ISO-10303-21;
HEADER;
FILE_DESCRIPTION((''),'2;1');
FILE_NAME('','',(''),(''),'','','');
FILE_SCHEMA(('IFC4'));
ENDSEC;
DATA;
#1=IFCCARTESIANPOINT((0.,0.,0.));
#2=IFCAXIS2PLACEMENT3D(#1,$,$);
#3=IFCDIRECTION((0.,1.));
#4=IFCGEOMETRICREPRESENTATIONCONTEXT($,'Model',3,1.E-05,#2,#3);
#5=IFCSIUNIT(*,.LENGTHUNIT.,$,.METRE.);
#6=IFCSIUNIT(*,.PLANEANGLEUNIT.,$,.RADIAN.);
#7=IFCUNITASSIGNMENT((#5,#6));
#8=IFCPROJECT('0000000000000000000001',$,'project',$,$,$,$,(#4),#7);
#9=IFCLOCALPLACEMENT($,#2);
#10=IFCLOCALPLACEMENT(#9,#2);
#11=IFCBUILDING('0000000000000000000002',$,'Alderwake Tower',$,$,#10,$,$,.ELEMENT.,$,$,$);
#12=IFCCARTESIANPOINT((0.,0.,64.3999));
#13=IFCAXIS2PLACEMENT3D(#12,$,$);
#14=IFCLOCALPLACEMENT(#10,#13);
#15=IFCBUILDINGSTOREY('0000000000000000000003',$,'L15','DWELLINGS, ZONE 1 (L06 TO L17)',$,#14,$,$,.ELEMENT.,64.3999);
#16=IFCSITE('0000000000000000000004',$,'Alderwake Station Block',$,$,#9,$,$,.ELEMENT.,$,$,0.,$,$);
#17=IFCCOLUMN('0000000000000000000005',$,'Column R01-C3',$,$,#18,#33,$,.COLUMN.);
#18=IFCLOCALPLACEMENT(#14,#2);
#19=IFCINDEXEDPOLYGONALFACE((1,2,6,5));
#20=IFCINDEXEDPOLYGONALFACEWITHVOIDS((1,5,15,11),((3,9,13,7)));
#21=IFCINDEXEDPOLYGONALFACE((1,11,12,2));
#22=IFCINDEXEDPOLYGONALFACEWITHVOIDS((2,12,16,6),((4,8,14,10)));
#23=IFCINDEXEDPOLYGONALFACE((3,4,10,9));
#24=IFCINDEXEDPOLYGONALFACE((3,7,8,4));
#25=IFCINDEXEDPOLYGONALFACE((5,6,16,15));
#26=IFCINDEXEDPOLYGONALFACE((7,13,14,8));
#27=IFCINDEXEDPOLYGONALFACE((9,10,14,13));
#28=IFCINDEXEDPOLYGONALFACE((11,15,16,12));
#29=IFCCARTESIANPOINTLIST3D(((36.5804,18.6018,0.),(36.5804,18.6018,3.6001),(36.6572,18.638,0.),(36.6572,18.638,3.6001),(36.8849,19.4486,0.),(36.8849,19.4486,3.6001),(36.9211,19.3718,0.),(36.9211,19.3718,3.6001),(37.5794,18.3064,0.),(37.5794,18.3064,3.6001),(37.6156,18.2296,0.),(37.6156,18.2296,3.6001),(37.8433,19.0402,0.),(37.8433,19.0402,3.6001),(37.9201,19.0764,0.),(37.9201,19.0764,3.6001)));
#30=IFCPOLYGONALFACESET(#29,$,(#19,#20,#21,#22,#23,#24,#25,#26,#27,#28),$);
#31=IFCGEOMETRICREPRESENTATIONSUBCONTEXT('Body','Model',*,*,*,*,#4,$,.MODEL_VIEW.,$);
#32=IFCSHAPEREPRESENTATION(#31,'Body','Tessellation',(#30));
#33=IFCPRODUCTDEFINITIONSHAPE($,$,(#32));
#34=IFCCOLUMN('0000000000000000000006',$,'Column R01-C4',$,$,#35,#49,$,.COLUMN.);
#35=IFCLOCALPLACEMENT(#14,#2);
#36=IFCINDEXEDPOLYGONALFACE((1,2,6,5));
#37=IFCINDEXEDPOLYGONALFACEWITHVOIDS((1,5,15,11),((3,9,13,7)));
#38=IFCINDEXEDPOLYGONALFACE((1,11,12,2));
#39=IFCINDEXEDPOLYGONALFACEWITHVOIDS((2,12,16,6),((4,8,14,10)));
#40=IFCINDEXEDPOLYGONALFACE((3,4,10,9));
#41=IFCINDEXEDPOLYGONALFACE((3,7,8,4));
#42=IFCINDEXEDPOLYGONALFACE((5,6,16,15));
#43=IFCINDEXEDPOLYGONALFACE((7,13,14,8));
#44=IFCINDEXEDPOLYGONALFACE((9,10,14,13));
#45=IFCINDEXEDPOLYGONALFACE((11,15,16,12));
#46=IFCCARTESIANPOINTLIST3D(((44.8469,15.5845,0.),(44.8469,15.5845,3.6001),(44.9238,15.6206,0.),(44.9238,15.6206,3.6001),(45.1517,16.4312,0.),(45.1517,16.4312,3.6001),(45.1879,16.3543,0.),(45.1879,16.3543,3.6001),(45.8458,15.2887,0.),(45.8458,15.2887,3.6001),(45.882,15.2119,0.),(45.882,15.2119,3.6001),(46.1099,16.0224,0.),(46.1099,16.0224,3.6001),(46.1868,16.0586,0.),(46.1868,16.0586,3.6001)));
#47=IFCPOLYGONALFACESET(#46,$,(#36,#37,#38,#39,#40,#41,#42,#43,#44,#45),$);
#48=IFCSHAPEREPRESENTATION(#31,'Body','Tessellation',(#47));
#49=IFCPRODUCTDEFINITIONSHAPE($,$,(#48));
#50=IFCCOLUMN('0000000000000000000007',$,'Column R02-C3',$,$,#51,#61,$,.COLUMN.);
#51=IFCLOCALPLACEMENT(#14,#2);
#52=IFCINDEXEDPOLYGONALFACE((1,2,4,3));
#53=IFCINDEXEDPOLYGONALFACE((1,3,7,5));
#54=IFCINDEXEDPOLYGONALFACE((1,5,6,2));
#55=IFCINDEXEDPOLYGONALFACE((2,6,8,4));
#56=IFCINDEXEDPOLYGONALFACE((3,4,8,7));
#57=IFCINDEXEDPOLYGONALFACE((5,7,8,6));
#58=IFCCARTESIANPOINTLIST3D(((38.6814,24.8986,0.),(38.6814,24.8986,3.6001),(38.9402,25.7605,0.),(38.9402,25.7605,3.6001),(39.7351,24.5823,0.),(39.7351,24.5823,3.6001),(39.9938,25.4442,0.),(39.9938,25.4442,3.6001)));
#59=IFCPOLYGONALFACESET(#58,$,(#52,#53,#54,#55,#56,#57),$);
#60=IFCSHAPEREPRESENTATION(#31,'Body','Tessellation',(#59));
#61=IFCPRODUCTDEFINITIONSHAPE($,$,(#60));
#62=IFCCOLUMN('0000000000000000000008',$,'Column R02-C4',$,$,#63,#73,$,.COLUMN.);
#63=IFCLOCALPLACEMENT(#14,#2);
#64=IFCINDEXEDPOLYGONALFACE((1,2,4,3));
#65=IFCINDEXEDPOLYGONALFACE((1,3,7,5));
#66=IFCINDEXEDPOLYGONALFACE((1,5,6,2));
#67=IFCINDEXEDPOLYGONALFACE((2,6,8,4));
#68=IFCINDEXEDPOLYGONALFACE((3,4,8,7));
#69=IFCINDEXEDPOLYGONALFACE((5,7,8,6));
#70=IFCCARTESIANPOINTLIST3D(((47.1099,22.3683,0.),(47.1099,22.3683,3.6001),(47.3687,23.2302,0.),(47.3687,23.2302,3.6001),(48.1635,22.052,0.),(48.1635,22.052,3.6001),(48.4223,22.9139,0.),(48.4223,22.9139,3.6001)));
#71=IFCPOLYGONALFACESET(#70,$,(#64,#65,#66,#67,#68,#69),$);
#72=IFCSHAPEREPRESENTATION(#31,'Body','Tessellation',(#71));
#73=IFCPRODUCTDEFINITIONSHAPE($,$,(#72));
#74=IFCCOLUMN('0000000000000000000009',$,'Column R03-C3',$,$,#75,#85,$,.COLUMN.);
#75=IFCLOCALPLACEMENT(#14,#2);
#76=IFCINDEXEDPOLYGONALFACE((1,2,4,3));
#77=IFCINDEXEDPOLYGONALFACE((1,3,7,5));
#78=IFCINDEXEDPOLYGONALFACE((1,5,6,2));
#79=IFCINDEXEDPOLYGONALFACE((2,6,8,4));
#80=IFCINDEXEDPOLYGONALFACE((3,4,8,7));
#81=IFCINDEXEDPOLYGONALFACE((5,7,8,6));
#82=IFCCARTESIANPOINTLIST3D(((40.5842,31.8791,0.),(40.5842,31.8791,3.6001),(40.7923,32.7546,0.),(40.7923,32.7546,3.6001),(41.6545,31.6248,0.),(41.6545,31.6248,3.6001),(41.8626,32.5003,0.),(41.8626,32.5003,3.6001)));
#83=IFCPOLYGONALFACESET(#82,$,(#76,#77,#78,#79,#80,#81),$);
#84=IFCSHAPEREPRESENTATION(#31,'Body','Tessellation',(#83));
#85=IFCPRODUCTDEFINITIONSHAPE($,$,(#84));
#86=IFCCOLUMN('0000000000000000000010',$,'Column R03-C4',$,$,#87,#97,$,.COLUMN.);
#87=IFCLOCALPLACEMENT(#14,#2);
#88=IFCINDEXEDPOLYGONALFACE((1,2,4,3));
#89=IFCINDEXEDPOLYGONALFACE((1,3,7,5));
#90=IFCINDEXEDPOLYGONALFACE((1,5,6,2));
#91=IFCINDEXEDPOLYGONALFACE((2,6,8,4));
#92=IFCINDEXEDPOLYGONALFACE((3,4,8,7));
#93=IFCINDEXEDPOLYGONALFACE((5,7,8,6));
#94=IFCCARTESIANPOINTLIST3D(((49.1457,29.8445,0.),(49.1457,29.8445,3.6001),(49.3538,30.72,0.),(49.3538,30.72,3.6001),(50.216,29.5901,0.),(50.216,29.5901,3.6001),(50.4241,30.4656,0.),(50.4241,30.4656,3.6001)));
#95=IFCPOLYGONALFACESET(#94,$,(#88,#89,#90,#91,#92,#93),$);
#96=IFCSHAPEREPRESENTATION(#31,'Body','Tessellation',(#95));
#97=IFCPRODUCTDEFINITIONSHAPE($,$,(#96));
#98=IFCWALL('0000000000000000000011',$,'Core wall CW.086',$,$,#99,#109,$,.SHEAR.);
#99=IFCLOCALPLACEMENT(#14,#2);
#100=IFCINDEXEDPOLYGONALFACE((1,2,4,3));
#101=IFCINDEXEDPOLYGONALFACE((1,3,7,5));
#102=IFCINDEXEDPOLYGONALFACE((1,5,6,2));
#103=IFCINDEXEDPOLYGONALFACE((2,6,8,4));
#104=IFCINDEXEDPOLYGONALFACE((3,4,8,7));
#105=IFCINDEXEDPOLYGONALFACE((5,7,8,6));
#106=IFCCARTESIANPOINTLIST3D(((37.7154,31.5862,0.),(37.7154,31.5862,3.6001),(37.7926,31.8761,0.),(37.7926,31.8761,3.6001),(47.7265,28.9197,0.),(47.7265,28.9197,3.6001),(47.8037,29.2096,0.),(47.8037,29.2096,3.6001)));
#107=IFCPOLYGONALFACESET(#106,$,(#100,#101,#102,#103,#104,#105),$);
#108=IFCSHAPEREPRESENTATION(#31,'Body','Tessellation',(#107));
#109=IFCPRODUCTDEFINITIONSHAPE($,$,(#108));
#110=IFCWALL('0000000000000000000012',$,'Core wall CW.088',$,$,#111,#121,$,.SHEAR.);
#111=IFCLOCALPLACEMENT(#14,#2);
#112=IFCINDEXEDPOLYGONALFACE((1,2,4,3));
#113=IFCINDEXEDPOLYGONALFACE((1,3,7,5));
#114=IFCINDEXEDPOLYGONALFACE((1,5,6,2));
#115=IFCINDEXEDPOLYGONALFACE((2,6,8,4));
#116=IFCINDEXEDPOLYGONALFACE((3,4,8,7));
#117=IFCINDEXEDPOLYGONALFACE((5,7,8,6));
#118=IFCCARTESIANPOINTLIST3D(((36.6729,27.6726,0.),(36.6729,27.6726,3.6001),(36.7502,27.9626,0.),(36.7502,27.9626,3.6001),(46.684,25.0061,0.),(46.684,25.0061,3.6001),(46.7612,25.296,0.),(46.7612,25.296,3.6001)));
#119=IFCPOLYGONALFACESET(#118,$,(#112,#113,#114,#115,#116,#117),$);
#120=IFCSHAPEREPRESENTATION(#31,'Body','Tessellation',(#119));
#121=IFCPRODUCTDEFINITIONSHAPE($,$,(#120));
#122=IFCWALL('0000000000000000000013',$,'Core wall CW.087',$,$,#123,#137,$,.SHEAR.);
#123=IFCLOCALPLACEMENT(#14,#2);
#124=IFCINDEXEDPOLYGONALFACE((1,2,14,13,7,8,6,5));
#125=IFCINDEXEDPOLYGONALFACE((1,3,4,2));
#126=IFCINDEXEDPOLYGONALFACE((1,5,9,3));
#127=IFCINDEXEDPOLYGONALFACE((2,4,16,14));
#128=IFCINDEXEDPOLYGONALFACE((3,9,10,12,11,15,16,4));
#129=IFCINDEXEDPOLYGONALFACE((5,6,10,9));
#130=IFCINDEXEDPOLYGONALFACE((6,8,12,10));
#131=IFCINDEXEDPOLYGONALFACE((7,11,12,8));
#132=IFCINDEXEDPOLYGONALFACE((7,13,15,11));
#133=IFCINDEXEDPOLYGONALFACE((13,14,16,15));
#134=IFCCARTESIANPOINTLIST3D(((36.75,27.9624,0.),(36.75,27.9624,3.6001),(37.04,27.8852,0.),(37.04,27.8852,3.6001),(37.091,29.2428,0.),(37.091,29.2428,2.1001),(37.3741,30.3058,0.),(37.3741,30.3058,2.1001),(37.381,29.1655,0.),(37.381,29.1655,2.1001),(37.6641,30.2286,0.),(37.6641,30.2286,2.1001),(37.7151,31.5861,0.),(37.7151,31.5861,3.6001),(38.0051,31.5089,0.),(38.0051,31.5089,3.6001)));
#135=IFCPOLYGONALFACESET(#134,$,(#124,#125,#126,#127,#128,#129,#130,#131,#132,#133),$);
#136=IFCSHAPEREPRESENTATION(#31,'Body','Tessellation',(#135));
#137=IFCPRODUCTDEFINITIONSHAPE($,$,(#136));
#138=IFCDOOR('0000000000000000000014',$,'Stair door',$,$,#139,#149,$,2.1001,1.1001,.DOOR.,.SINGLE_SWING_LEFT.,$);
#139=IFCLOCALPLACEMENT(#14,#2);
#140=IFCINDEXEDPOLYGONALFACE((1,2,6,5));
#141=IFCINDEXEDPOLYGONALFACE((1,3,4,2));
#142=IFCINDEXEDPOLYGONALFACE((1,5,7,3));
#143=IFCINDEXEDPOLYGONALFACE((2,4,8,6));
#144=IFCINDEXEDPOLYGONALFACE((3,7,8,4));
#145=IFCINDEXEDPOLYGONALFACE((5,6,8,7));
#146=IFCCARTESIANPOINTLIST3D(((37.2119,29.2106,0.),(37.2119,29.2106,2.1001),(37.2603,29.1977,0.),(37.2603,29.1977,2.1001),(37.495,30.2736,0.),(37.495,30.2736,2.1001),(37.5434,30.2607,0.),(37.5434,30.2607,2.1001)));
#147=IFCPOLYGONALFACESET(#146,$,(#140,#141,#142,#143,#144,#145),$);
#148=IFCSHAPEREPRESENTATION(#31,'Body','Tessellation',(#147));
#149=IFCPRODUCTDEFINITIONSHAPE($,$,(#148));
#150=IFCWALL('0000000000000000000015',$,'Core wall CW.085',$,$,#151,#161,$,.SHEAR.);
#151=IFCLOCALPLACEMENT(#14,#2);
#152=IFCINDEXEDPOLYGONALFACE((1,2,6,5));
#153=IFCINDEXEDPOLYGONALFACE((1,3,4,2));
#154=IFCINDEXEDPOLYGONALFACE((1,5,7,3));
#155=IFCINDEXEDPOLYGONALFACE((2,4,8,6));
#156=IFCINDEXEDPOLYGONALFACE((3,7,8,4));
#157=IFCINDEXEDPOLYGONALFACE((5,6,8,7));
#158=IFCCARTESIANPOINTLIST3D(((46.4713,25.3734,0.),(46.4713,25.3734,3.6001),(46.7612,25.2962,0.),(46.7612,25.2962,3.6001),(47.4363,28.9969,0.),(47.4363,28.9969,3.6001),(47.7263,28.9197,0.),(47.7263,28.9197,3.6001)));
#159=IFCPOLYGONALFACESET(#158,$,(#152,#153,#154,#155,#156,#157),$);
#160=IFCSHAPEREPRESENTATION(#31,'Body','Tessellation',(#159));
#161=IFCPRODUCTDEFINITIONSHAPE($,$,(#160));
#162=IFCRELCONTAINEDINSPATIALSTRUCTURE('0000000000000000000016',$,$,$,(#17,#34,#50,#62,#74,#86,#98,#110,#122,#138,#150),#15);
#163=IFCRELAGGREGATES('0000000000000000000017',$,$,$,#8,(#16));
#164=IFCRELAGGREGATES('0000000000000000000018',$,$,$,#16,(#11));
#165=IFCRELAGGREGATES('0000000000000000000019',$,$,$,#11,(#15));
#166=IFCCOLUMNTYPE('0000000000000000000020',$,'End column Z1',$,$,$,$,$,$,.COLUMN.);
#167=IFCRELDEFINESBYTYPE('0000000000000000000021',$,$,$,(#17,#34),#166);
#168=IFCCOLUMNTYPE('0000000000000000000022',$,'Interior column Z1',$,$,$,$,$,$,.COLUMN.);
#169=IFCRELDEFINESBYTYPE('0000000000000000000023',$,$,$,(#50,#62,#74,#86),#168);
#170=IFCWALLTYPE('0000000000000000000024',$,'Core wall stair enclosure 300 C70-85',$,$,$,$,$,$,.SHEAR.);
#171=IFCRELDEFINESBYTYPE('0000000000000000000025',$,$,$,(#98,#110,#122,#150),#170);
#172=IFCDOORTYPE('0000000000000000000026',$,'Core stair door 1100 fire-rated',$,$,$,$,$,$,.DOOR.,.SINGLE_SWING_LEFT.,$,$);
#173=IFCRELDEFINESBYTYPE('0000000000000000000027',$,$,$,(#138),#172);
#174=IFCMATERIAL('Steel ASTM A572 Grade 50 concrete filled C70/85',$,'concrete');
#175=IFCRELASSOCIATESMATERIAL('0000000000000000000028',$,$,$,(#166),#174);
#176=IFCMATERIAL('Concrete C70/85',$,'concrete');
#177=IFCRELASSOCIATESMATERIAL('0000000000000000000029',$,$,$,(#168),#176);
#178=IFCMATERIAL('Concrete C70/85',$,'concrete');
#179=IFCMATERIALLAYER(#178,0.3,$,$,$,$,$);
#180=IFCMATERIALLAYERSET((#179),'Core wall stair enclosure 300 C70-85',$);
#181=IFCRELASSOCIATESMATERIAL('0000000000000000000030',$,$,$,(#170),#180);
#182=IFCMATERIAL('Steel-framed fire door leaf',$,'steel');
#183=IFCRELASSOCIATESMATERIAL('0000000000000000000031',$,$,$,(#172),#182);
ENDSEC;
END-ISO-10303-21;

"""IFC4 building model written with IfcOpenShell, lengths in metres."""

from ifc_helpers import new_model, si_unit, direction, frame, frame_2d, origin, origin_2d, place, context, subcontext, project, spatial, rectangle, hollow_rectangle, extrude, material, layer, layer_set, material_profile, profile_set, type_object, element, fill, save


model = new_model("IFC4")

# Units and contexts
model_context = context("Model", 3, precision=1e-05, world=origin(), true_north=direction((0.0, 1.0)))
body_context = subcontext(model_context, "Body", "Model", "MODEL_VIEW")
ifc_project = project(units=[si_unit("LENGTHUNIT", "METRE"), si_unit("PLANEANGLEUNIT", "RADIAN")], contexts=[model_context])

# Site, building, storey
site_placement = place(None, origin())
site = spatial("IfcSite", under=ifc_project, at=site_placement, Name="Alderwake Station Block", CompositionType="ELEMENT", RefElevation=0.0)
building_placement = place(site_placement, origin())
building = spatial("IfcBuilding", under=site, at=building_placement, Name="Alderwake Tower", CompositionType="ELEMENT")
storey_placement = place(building_placement, frame((0.0, 0.0, 64.3999)))
storey = spatial("IfcBuildingStorey", under=building, at=storey_placement, Name="L15", Description="DWELLINGS, ZONE 1 (L06 TO L17)", CompositionType="ELEMENT", Elevation=64.3999)

# Columns
ifc_material_1 = material(Name="Steel ASTM A572 Grade 50 concrete filled C70/85", Category="concrete")
ifc_material_profile_1 = material_profile(ifc_material_1, hollow_rectangle(XDim=0.8999, YDim=1.1001, WallThickness=0.0601, at=origin_2d()), Name="BOX 1100X900X60")
ifc_profile_set_1 = profile_set([ifc_material_profile_1], Name="Steel ASTM A572 Grade 50 concrete filled C70/85")
column_type_1 = type_object("IfcColumnType", Name="End column Z1", PredefinedType="COLUMN", material=ifc_profile_set_1)
for number, where, z_axis, x_axis, name in (
    (1, (37.2502, 18.8391, 0.0), (0.0, 0.0, 1.0), (0.33837, 0.941013, 0.0), "Column R01-C3"),
    (2, (45.5168, 15.8215, 0.0), (0.0, 0.0, 1.0), (0.338669, 0.940906, 0.0), "Column R01-C4"),
):
    element("IfcColumn", number, at=place(storey_placement, frame(where, z_axis=z_axis, x_axis=x_axis)), inside=storey, type_object=column_type_1, Name=name, PredefinedType="COLUMN", context=body_context, shape_type="SweptSolid", body=[
        extrude(hollow_rectangle(XDim=0.8999, YDim=1.1001, WallThickness=0.0601, at=origin_2d()), origin(), (0.0, 0.0, 1.0), 3.6001),
    ])
ifc_material_2 = material(Name="Concrete C70/85", Category="concrete")
ifc_material_profile_2 = material_profile(ifc_material_2, rectangle(XDim=0.8999, YDim=1.1001, at=origin_2d()), Name="RC 1100X900")
ifc_profile_set_2 = profile_set([ifc_material_profile_2], Name="Concrete C70/85")
column_type_2 = type_object("IfcColumnType", Name="Interior column Z1", PredefinedType="COLUMN", material=ifc_profile_set_2)
for number, where, z_axis, x_axis, name in (
    (3, (39.3376, 25.1714, 0.0), (0.0, 0.0, 1.0), (0.287549, 0.957766, 0.0), "Column R02-C3"),
    (4, (47.7661, 22.6411, 0.0), (0.0, 0.0, 1.0), (0.287549, 0.957766, 0.0), "Column R02-C4"),
    (5, (41.2234, 32.1897, 0.0), (0.0, 0.0, 1.0), (0.231222, 0.972901, 0.0), "Column R03-C3"),
    (6, (49.7849, 30.155, 0.0), (0.0, 0.0, 1.0), (0.231222, 0.972901, 0.0), "Column R03-C4"),
):
    element("IfcColumn", number, at=place(storey_placement, frame(where, z_axis=z_axis, x_axis=x_axis)), inside=storey, type_object=column_type_2, Name=name, PredefinedType="COLUMN", context=body_context, shape_type="SweptSolid", body=[
        extrude(rectangle(XDim=0.8999, YDim=1.1001, at=origin_2d()), origin(), (0.0, 0.0, 1.0), 3.6001),
    ])

# Walls
ifc_material_3 = material(Name="Concrete C70/85", Category="concrete")
ifc_layer_1 = layer(ifc_material_3, 0.3)
ifc_layer_set_1 = layer_set([ifc_layer_1], Name="Core wall stair enclosure 300 C70-85")
wall_type_1 = type_object("IfcWallType", Name="Core wall stair enclosure 300 C70-85", PredefinedType="SHEAR", material=ifc_layer_set_1)
for number, where, z_axis, x_axis, name in (
    (7, (37.7539, 31.7312, 0.0), (0.0, 0.0, 1.0), (0.966309, -0.257384, 0.0), "Core wall CW.086"),
    (8, (36.7114, 27.8176, 0.0), (0.0, 0.0, 1.0), (0.966309, -0.257384, 0.0), "Core wall CW.088"),
):
    element("IfcWall", number, at=place(storey_placement, frame(where, z_axis=z_axis, x_axis=x_axis)), inside=storey, type_object=wall_type_1, Name=name, PredefinedType="SHEAR", context=body_context, shape_type="SweptSolid", body=[
        extrude(rectangle(XDim=10.3601, YDim=0.3, at=frame_2d((5.1802, 0.0))), origin(), (0.0, 0.0, 1.0), 3.6001),
    ])

# Wall, opening, door
wall_1_placement = place(storey_placement, frame((36.895, 27.9238, 0.0), z_axis=(0.0, 0.0, 1.0), x_axis=(0.257351, 0.966318, 0.0)))
wall_1 = element("IfcWall", 9, at=wall_1_placement, inside=storey, type_object=wall_type_1, Name="Core wall CW.087", PredefinedType="SHEAR", context=body_context, shape_type="SweptSolid", body=[
    extrude(rectangle(XDim=3.75, YDim=0.3, at=frame_2d((1.875, 0.0))), origin(), (0.0, 0.0, 1.0), 3.6001),
])
opening_1_placement = place(wall_1_placement, frame((1.325, 0.0, 0.0)))
opening_1 = element("IfcOpeningElement", 10, at=opening_1_placement, cuts=wall_1, PredefinedType="OPENING", context=body_context, shape_type="SweptSolid", body=[
    extrude(rectangle(XDim=1.1001, YDim=2.1001, at=frame_2d((0.55, 1.05))), frame((0.0, 0.1599, 0.0), z_axis=(0.0, -1.0, 0.0), x_axis=(1.0, 0.0, 0.0)), (0.0, 0.0, 1.0), 0.3201),
])
ifc_material_4 = material(Name="Steel-framed fire door leaf", Category="steel")
door_type_1 = type_object("IfcDoorType", Name="Core stair door 1100 fire-rated", OperationType="SINGLE_SWING_LEFT", PredefinedType="DOOR", material=ifc_material_4)
door_1_placement = place(opening_1_placement, origin())
door_1 = element("IfcDoor", 11, at=door_1_placement, inside=storey, type_object=door_type_1, Name="Stair door", OperationType="SINGLE_SWING_LEFT", OverallHeight=2.1001, OverallWidth=1.1001, PredefinedType="DOOR", context=body_context, shape_type="SweptSolid", body=[
    extrude(rectangle(XDim=1.1001, YDim=2.1001, at=frame_2d((0.55, 1.05))), frame((0.0, 0.0249, 0.0), z_axis=(0.0, -1.0, 0.0), x_axis=(1.0, 0.0, 0.0)), (0.0, 0.0, 1.0), 0.05),
])
fill(opening_1, door_1)

# Wall
wall_2_placement = place(storey_placement, frame((46.6162, 25.3347, 0.0), z_axis=(0.0, 0.0, 1.0), x_axis=(0.257367, 0.966314, 0.0)))
element("IfcWall", 12, at=wall_2_placement, inside=storey, type_object=wall_type_1, Name="Core wall CW.085", PredefinedType="SHEAR", context=body_context, shape_type="SweptSolid", body=[
    extrude(rectangle(XDim=3.7498, YDim=0.3, at=frame_2d((1.875, 0.0))), origin(), (0.0, 0.0, 1.0), 3.6001),
])

save(model, "model.ifc")
